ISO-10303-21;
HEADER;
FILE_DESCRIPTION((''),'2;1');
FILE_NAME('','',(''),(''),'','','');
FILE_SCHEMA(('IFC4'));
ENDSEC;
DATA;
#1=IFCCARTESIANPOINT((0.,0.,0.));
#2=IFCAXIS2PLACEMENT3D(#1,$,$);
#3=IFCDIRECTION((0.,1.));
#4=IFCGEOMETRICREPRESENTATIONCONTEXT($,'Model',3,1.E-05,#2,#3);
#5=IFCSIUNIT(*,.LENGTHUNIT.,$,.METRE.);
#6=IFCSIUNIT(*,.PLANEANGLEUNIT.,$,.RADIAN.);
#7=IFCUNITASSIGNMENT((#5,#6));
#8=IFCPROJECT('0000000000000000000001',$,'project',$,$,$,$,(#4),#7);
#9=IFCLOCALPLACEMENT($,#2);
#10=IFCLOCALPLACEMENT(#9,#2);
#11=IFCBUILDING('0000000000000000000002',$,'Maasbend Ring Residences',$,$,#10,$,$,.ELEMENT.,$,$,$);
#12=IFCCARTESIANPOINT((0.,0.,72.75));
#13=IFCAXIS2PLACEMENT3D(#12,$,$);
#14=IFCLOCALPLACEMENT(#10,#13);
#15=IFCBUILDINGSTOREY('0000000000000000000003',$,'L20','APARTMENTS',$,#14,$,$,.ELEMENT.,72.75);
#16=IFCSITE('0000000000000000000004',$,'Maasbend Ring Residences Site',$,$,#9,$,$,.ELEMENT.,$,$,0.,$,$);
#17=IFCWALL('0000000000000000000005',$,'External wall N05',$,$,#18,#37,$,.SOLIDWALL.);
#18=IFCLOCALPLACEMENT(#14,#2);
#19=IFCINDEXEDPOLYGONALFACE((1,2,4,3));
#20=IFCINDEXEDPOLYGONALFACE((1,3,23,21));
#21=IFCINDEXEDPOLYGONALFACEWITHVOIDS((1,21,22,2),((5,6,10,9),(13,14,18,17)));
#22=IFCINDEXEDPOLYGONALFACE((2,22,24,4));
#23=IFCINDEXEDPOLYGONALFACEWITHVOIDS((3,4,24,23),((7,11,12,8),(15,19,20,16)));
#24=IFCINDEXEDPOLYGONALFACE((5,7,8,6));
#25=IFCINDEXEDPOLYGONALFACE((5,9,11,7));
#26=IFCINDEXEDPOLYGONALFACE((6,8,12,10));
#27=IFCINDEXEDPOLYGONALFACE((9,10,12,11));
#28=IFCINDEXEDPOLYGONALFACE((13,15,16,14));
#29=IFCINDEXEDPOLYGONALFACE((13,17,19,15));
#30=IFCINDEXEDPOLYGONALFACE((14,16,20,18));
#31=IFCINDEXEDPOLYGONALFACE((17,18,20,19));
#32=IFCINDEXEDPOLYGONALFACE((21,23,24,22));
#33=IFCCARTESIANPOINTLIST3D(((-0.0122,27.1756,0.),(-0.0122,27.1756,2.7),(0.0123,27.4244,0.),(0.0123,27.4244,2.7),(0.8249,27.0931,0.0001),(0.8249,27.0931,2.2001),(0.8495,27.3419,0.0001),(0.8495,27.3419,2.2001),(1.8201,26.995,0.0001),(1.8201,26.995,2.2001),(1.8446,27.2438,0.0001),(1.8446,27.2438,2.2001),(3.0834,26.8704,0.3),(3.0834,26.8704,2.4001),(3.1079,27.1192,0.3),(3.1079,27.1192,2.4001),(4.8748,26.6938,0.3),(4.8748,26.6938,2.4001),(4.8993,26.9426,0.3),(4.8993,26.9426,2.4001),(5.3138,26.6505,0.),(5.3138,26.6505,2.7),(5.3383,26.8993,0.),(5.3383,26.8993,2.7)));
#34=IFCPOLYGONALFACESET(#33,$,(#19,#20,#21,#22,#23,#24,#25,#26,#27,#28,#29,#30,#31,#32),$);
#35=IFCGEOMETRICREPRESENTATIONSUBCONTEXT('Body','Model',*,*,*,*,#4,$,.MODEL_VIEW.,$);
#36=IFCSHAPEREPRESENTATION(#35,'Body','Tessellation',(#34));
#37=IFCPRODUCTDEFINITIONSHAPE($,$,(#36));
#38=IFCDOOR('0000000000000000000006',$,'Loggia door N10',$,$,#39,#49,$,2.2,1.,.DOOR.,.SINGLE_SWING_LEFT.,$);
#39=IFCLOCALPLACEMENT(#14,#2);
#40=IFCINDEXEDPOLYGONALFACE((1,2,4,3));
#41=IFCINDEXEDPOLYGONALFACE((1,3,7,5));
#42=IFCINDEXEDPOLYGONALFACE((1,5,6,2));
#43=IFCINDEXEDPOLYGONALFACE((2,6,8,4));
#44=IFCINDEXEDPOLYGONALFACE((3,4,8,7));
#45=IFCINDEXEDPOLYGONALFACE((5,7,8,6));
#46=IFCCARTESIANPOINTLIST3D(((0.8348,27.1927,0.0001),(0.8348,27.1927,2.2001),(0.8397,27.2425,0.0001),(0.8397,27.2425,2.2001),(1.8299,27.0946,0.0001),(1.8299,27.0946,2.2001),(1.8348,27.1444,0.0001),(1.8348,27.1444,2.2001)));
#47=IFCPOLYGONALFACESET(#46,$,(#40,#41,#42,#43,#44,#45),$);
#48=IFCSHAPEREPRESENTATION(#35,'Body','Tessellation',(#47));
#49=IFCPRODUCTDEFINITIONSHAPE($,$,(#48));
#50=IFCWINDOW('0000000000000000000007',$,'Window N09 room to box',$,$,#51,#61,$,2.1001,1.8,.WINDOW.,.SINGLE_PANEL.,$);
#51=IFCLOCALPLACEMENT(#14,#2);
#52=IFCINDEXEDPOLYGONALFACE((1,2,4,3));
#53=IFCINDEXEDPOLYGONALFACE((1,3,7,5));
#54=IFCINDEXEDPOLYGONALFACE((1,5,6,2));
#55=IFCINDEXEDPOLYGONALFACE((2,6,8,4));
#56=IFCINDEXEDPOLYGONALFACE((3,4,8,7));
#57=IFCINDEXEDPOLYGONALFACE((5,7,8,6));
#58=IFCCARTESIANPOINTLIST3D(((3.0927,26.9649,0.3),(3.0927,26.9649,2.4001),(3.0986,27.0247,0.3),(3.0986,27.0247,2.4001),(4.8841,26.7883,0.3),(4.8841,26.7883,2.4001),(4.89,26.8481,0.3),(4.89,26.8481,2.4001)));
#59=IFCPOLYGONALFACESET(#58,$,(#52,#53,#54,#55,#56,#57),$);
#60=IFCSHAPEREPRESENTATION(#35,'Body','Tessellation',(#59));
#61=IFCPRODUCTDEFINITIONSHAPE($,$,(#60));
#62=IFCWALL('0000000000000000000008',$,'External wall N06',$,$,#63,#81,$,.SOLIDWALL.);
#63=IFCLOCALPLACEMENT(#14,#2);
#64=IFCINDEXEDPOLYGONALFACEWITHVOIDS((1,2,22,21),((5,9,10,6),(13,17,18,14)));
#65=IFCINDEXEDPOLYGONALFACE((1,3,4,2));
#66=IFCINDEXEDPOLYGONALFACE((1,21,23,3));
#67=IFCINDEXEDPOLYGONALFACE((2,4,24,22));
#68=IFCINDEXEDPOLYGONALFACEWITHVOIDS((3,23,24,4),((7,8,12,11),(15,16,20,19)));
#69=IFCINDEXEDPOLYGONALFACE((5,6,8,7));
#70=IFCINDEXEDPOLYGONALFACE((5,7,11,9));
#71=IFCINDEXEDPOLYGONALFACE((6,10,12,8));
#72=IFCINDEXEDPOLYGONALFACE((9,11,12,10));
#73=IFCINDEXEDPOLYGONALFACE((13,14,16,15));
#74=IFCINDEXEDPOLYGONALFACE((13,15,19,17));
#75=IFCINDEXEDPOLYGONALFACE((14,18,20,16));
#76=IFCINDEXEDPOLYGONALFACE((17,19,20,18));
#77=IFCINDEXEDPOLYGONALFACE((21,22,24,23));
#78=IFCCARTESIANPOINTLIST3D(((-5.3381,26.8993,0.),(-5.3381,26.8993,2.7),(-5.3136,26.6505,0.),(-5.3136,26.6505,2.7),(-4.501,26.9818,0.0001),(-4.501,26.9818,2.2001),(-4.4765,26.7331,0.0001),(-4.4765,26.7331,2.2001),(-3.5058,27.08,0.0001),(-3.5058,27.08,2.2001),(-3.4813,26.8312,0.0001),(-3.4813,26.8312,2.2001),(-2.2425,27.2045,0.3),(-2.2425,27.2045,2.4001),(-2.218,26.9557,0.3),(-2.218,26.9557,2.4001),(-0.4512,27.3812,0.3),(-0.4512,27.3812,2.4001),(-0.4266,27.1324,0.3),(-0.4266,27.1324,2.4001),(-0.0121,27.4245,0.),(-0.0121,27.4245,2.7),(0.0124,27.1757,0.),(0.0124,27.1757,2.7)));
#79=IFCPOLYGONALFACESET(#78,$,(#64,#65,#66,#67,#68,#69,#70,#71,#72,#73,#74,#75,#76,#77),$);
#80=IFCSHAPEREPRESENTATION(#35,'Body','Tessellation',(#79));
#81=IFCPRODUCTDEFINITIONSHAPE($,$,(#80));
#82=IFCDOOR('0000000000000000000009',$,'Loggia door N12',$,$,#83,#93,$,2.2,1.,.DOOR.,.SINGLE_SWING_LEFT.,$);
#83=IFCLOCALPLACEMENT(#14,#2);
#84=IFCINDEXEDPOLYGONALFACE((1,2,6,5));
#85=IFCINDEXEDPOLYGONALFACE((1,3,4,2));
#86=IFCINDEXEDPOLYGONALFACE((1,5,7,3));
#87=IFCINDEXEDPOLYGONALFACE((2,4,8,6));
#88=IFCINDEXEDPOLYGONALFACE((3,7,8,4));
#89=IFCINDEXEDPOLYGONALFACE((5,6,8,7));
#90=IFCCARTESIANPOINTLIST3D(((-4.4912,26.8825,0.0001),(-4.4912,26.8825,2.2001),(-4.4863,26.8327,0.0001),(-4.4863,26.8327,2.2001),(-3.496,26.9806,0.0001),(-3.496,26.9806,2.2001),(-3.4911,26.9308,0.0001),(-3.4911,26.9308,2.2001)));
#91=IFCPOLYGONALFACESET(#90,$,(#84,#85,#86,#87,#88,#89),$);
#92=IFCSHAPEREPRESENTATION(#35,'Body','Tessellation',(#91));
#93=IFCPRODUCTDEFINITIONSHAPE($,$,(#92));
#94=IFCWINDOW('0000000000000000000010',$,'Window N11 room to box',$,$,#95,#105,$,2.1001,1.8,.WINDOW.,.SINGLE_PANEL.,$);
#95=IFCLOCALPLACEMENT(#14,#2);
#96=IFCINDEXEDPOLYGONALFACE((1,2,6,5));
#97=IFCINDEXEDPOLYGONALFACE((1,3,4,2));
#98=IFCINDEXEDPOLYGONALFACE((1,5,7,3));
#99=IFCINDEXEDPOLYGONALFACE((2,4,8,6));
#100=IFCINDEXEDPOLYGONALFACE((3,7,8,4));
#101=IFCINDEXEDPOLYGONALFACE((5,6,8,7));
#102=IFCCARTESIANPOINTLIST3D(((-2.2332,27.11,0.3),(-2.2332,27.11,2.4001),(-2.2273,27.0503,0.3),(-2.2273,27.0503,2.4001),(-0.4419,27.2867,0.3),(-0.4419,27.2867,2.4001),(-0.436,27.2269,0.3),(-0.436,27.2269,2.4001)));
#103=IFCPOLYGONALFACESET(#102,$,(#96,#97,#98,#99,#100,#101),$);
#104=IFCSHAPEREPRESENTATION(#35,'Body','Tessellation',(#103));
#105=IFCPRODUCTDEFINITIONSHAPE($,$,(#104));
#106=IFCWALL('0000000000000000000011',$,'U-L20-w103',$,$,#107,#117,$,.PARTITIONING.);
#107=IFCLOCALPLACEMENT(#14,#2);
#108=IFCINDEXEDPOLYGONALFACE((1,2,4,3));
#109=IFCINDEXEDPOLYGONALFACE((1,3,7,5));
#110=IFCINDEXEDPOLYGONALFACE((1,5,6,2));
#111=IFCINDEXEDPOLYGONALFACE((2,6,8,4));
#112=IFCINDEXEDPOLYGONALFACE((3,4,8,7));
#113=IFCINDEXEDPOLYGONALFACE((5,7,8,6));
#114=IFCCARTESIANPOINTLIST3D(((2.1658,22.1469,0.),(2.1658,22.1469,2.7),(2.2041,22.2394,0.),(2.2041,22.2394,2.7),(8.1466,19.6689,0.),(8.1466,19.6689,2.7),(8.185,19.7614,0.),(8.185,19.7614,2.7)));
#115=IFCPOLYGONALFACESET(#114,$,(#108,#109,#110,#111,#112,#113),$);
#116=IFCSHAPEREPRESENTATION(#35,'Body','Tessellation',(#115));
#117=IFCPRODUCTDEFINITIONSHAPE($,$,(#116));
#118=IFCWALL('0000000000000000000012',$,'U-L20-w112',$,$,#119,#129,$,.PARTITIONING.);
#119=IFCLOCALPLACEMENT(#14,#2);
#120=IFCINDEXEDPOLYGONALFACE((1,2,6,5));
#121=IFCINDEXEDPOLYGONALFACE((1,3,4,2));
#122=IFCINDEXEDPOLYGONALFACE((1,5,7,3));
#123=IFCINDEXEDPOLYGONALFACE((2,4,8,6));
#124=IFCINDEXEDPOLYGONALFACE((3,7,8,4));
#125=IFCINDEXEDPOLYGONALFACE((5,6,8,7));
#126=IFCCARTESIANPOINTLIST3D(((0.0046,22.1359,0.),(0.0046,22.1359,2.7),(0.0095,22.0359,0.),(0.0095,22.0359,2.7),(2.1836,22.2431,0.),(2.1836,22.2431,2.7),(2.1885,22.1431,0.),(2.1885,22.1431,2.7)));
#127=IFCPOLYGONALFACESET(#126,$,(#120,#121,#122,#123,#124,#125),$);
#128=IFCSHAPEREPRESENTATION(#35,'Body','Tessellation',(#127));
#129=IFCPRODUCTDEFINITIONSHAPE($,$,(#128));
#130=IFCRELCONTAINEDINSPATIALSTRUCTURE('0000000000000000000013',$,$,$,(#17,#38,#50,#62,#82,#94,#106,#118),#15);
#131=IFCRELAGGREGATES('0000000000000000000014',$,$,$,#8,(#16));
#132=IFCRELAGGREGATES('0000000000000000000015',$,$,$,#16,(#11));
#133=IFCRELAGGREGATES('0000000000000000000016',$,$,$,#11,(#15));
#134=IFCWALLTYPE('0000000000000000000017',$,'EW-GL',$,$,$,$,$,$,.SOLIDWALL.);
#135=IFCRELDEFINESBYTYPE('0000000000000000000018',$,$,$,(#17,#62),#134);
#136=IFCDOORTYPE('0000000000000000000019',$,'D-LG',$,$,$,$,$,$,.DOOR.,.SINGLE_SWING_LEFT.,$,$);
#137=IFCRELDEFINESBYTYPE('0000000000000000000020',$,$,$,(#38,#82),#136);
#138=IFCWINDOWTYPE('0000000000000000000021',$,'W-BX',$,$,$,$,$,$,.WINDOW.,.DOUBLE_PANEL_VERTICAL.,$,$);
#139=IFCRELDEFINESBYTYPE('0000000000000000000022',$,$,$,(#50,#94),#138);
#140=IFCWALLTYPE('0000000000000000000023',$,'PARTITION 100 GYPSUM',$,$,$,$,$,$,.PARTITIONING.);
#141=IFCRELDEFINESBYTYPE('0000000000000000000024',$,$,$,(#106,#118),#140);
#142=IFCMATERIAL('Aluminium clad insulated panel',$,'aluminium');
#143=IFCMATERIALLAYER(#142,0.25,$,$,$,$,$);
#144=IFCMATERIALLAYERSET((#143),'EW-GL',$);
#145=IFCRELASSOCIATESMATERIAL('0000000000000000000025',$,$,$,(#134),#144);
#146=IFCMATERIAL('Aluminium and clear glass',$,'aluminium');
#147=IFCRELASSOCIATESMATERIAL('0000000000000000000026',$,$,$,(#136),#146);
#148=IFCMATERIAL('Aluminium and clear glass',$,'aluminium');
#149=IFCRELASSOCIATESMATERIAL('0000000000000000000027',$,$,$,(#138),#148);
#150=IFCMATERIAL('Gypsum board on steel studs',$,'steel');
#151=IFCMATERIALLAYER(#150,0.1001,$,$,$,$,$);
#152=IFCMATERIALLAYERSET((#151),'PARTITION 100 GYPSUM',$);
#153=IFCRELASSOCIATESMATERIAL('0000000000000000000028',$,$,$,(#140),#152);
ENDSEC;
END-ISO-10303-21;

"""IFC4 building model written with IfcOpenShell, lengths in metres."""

from ifc_helpers import new_model, si_unit, direction, frame, frame_2d, origin, place, context, subcontext, project, spatial, rectangle, extrude, material, layer, layer_set, type_object, element, fill, save


model = new_model("IFC4")

# Units and contexts
model_context = context("Model", 3, precision=1e-05, world=origin(), true_north=direction((0.0, 1.0)))
body_context = subcontext(model_context, "Body", "Model", "MODEL_VIEW")
ifc_project = project(units=[si_unit("LENGTHUNIT", "METRE"), si_unit("PLANEANGLEUNIT", "RADIAN")], contexts=[model_context])

# Site, building, storey
site_placement = place(None, origin())
site = spatial("IfcSite", under=ifc_project, at=site_placement, Name="Maasbend Ring Residences Site", CompositionType="ELEMENT", RefElevation=0.0)
building_placement = place(site_placement, origin())
building = spatial("IfcBuilding", under=site, at=building_placement, Name="Maasbend Ring Residences", CompositionType="ELEMENT")
storey_placement = place(building_placement, frame((0.0, 0.0, 72.75)))
storey = spatial("IfcBuildingStorey", under=building, at=storey_placement, Name="L20", Description="APARTMENTS", CompositionType="ELEMENT", Elevation=72.75)

# Walls, openings, doors, windows
ifc_material_1 = material(Name="Aluminium clad insulated panel", Category="aluminium")
ifc_layer_1 = layer(ifc_material_1, 0.25)
ifc_layer_set_1 = layer_set([ifc_layer_1], Name="EW-GL")
wall_type_1 = type_object("IfcWallType", Name="EW-GL", PredefinedType="SOLIDWALL", material=ifc_layer_set_1)
ifc_material_2 = material(Name="Aluminium and clear glass", Category="aluminium")
door_type = type_object("IfcDoorType", Name="D-LG", OperationType="SINGLE_SWING_LEFT", PredefinedType="DOOR", material=ifc_material_2)
ifc_material_3 = material(Name="Aluminium and clear glass", Category="aluminium")
window_type_1 = type_object("IfcWindowType", Name="W-BX", PartitioningType="DOUBLE_PANEL_VERTICAL", PredefinedType="WINDOW", material=ifc_material_3)
wall_1_placement = place(storey_placement, frame((5.3259, 26.7749, 0.0), z_axis=(0.0, 0.0, 1.0), x_axis=(-0.995174, 0.098126, 0.0)))
wall_1 = element("IfcWall", 1, at=wall_1_placement, inside=storey, type_object=wall_type_1, Name="External wall N05", PredefinedType="SOLIDWALL", context=body_context, shape_type="SweptSolid", body=[
    extrude(rectangle(XDim=5.3518, YDim=0.25, at=frame_2d((2.6758, 0.0))), origin(), (0.0, 0.0, 1.0), 2.7),
])
opening_1_placement = place(wall_1_placement, frame((0.4412, 0.0, 0.3)))
opening_1 = element("IfcOpeningElement", 2, at=opening_1_placement, cuts=wall_1, PredefinedType="OPENING", context=body_context, shape_type="SweptSolid", body=[
    extrude(rectangle(XDim=1.8, YDim=2.1001, at=frame_2d((0.8999, 1.05))), frame((0.0, 0.135, 0.0), z_axis=(0.0, -1.0, 0.0), x_axis=(1.0, 0.0, 0.0)), (0.0, 0.0, 1.0), 0.27),
])
opening_2_placement = place(wall_1_placement, frame((3.5105, 0.0, 0.0)))
opening_2 = element("IfcOpeningElement", 3, at=opening_2_placement, cuts=wall_1, PredefinedType="OPENING", context=body_context, shape_type="SweptSolid", body=[
    extrude(rectangle(XDim=1.0, YDim=2.2, at=frame_2d((0.5, 1.1001))), frame((0.0, 0.135, 0.0), z_axis=(0.0, -1.0, 0.0), x_axis=(1.0, 0.0, 0.0)), (0.0, 0.0, 1.0), 0.27),
])
door_1_placement = place(opening_2_placement, origin())
door_1 = element("IfcDoor", 4, at=door_1_placement, inside=storey, type_object=door_type, Name="Loggia door N10", OperationType="SINGLE_SWING_LEFT", OverallHeight=2.2, OverallWidth=1.0, PredefinedType="DOOR", context=body_context, shape_type="SweptSolid", body=[
    extrude(rectangle(XDim=1.0, YDim=2.2, at=frame_2d((0.5, 1.1001))), frame((0.0, 0.0249, 0.0), z_axis=(0.0, -1.0, 0.0), x_axis=(1.0, 0.0, 0.0)), (0.0, 0.0, 1.0), 0.05),
])
fill(opening_2, door_1)
window_1_placement = place(opening_1_placement, origin())
window_1 = element("IfcWindow", 5, at=window_1_placement, inside=storey, type_object=window_type_1, Name="Window N09 room to box", OverallHeight=2.1001, OverallWidth=1.8, PartitioningType="SINGLE_PANEL", PredefinedType="WINDOW", context=body_context, shape_type="SweptSolid", body=[
    extrude(rectangle(XDim=1.8, YDim=2.1001, at=frame_2d((0.8999, 1.05))), frame((0.0, 0.03, 0.0), z_axis=(0.0, -1.0, 0.0), x_axis=(1.0, 0.0, 0.0)), (0.0, 0.0, 1.0), 0.0601),
])
fill(opening_1, window_1)
wall_2_placement = place(storey_placement, frame((0.0, 27.3, 0.0), z_axis=(0.0, 0.0, 1.0), x_axis=(-0.995174, -0.098126, 0.0)))
wall_2 = element("IfcWall", 6, at=wall_2_placement, inside=storey, type_object=wall_type_1, Name="External wall N06", PredefinedType="SOLIDWALL", context=body_context, shape_type="SweptSolid", body=[
    extrude(rectangle(XDim=5.3518, YDim=0.25, at=frame_2d((2.6758, 0.0))), origin(), (0.0, 0.0, 1.0), 2.7),
])
opening_3_placement = place(wall_2_placement, frame((0.4412, 0.0, 0.3)))
opening_3 = element("IfcOpeningElement", 7, at=opening_3_placement, cuts=wall_2, PredefinedType="OPENING", context=body_context, shape_type="SweptSolid", body=[
    extrude(rectangle(XDim=1.8, YDim=2.1001, at=frame_2d((0.8999, 1.05))), frame((0.0, 0.135, 0.0), z_axis=(0.0, -1.0, 0.0), x_axis=(1.0, 0.0, 0.0)), (0.0, 0.0, 1.0), 0.27),
])
opening_4_placement = place(wall_2_placement, frame((3.5105, 0.0, 0.0)))
opening_4 = element("IfcOpeningElement", 8, at=opening_4_placement, cuts=wall_2, PredefinedType="OPENING", context=body_context, shape_type="SweptSolid", body=[
    extrude(rectangle(XDim=1.0, YDim=2.2, at=frame_2d((0.5, 1.1001))), frame((0.0, 0.135, 0.0), z_axis=(0.0, -1.0, 0.0), x_axis=(1.0, 0.0, 0.0)), (0.0, 0.0, 1.0), 0.27),
])
door_2_placement = place(opening_4_placement, origin())
door_2 = element("IfcDoor", 9, at=door_2_placement, inside=storey, type_object=door_type, Name="Loggia door N12", OperationType="SINGLE_SWING_LEFT", OverallHeight=2.2, OverallWidth=1.0, PredefinedType="DOOR", context=body_context, shape_type="SweptSolid", body=[
    extrude(rectangle(XDim=1.0, YDim=2.2, at=frame_2d((0.5, 1.1001))), frame((0.0, 0.0249, 0.0), z_axis=(0.0, -1.0, 0.0), x_axis=(1.0, 0.0, 0.0)), (0.0, 0.0, 1.0), 0.05),
])
fill(opening_4, door_2)
window_2_placement = place(opening_3_placement, origin())
window_2 = element("IfcWindow", 10, at=window_2_placement, inside=storey, type_object=window_type_1, Name="Window N11 room to box", OverallHeight=2.1001, OverallWidth=1.8, PartitioningType="SINGLE_PANEL", PredefinedType="WINDOW", context=body_context, shape_type="SweptSolid", body=[
    extrude(rectangle(XDim=1.8, YDim=2.1001, at=frame_2d((0.8999, 1.05))), frame((0.0, 0.03, 0.0), z_axis=(0.0, -1.0, 0.0), x_axis=(1.0, 0.0, 0.0)), (0.0, 0.0, 1.0), 0.0601),
])
fill(opening_3, window_2)

# Walls
ifc_material_4 = material(Name="Gypsum board on steel studs", Category="steel")
ifc_layer_2 = layer(ifc_material_4, 0.1001)
ifc_layer_set_2 = layer_set([ifc_layer_2], Name="PARTITION 100 GYPSUM")
wall_type_2 = type_object("IfcWallType", Name="PARTITION 100 GYPSUM", PredefinedType="PARTITIONING", material=ifc_layer_set_2)
wall_3_placement = place(storey_placement, frame((2.1851, 22.1931, 0.0), z_axis=(0.0, 0.0, 1.0), x_axis=(0.923845, -0.382767, 0.0)))
element("IfcWall", 11, at=wall_3_placement, inside=storey, type_object=wall_type_2, Name="U-L20-w103", PredefinedType="PARTITIONING", context=body_context, shape_type="SweptSolid", body=[
    extrude(rectangle(XDim=6.4739, YDim=0.1001, at=frame_2d((3.2368, 0.0))), origin(), (0.0, 0.0, 1.0), 2.7),
])
wall_4_placement = place(storey_placement, frame((0.0071, 22.0859, 0.0), z_axis=(0.0, 0.0, 1.0), x_axis=(0.998792, 0.049128, 0.0)))
element("IfcWall", 12, at=wall_4_placement, inside=storey, type_object=wall_type_2, Name="U-L20-w112", PredefinedType="PARTITIONING", context=body_context, shape_type="SweptSolid", body=[
    extrude(rectangle(XDim=2.1816, YDim=0.1001, at=frame_2d((1.0908, 0.0))), origin(), (0.0, 0.0, 1.0), 2.7),
])

save(model, "model.ifc")
